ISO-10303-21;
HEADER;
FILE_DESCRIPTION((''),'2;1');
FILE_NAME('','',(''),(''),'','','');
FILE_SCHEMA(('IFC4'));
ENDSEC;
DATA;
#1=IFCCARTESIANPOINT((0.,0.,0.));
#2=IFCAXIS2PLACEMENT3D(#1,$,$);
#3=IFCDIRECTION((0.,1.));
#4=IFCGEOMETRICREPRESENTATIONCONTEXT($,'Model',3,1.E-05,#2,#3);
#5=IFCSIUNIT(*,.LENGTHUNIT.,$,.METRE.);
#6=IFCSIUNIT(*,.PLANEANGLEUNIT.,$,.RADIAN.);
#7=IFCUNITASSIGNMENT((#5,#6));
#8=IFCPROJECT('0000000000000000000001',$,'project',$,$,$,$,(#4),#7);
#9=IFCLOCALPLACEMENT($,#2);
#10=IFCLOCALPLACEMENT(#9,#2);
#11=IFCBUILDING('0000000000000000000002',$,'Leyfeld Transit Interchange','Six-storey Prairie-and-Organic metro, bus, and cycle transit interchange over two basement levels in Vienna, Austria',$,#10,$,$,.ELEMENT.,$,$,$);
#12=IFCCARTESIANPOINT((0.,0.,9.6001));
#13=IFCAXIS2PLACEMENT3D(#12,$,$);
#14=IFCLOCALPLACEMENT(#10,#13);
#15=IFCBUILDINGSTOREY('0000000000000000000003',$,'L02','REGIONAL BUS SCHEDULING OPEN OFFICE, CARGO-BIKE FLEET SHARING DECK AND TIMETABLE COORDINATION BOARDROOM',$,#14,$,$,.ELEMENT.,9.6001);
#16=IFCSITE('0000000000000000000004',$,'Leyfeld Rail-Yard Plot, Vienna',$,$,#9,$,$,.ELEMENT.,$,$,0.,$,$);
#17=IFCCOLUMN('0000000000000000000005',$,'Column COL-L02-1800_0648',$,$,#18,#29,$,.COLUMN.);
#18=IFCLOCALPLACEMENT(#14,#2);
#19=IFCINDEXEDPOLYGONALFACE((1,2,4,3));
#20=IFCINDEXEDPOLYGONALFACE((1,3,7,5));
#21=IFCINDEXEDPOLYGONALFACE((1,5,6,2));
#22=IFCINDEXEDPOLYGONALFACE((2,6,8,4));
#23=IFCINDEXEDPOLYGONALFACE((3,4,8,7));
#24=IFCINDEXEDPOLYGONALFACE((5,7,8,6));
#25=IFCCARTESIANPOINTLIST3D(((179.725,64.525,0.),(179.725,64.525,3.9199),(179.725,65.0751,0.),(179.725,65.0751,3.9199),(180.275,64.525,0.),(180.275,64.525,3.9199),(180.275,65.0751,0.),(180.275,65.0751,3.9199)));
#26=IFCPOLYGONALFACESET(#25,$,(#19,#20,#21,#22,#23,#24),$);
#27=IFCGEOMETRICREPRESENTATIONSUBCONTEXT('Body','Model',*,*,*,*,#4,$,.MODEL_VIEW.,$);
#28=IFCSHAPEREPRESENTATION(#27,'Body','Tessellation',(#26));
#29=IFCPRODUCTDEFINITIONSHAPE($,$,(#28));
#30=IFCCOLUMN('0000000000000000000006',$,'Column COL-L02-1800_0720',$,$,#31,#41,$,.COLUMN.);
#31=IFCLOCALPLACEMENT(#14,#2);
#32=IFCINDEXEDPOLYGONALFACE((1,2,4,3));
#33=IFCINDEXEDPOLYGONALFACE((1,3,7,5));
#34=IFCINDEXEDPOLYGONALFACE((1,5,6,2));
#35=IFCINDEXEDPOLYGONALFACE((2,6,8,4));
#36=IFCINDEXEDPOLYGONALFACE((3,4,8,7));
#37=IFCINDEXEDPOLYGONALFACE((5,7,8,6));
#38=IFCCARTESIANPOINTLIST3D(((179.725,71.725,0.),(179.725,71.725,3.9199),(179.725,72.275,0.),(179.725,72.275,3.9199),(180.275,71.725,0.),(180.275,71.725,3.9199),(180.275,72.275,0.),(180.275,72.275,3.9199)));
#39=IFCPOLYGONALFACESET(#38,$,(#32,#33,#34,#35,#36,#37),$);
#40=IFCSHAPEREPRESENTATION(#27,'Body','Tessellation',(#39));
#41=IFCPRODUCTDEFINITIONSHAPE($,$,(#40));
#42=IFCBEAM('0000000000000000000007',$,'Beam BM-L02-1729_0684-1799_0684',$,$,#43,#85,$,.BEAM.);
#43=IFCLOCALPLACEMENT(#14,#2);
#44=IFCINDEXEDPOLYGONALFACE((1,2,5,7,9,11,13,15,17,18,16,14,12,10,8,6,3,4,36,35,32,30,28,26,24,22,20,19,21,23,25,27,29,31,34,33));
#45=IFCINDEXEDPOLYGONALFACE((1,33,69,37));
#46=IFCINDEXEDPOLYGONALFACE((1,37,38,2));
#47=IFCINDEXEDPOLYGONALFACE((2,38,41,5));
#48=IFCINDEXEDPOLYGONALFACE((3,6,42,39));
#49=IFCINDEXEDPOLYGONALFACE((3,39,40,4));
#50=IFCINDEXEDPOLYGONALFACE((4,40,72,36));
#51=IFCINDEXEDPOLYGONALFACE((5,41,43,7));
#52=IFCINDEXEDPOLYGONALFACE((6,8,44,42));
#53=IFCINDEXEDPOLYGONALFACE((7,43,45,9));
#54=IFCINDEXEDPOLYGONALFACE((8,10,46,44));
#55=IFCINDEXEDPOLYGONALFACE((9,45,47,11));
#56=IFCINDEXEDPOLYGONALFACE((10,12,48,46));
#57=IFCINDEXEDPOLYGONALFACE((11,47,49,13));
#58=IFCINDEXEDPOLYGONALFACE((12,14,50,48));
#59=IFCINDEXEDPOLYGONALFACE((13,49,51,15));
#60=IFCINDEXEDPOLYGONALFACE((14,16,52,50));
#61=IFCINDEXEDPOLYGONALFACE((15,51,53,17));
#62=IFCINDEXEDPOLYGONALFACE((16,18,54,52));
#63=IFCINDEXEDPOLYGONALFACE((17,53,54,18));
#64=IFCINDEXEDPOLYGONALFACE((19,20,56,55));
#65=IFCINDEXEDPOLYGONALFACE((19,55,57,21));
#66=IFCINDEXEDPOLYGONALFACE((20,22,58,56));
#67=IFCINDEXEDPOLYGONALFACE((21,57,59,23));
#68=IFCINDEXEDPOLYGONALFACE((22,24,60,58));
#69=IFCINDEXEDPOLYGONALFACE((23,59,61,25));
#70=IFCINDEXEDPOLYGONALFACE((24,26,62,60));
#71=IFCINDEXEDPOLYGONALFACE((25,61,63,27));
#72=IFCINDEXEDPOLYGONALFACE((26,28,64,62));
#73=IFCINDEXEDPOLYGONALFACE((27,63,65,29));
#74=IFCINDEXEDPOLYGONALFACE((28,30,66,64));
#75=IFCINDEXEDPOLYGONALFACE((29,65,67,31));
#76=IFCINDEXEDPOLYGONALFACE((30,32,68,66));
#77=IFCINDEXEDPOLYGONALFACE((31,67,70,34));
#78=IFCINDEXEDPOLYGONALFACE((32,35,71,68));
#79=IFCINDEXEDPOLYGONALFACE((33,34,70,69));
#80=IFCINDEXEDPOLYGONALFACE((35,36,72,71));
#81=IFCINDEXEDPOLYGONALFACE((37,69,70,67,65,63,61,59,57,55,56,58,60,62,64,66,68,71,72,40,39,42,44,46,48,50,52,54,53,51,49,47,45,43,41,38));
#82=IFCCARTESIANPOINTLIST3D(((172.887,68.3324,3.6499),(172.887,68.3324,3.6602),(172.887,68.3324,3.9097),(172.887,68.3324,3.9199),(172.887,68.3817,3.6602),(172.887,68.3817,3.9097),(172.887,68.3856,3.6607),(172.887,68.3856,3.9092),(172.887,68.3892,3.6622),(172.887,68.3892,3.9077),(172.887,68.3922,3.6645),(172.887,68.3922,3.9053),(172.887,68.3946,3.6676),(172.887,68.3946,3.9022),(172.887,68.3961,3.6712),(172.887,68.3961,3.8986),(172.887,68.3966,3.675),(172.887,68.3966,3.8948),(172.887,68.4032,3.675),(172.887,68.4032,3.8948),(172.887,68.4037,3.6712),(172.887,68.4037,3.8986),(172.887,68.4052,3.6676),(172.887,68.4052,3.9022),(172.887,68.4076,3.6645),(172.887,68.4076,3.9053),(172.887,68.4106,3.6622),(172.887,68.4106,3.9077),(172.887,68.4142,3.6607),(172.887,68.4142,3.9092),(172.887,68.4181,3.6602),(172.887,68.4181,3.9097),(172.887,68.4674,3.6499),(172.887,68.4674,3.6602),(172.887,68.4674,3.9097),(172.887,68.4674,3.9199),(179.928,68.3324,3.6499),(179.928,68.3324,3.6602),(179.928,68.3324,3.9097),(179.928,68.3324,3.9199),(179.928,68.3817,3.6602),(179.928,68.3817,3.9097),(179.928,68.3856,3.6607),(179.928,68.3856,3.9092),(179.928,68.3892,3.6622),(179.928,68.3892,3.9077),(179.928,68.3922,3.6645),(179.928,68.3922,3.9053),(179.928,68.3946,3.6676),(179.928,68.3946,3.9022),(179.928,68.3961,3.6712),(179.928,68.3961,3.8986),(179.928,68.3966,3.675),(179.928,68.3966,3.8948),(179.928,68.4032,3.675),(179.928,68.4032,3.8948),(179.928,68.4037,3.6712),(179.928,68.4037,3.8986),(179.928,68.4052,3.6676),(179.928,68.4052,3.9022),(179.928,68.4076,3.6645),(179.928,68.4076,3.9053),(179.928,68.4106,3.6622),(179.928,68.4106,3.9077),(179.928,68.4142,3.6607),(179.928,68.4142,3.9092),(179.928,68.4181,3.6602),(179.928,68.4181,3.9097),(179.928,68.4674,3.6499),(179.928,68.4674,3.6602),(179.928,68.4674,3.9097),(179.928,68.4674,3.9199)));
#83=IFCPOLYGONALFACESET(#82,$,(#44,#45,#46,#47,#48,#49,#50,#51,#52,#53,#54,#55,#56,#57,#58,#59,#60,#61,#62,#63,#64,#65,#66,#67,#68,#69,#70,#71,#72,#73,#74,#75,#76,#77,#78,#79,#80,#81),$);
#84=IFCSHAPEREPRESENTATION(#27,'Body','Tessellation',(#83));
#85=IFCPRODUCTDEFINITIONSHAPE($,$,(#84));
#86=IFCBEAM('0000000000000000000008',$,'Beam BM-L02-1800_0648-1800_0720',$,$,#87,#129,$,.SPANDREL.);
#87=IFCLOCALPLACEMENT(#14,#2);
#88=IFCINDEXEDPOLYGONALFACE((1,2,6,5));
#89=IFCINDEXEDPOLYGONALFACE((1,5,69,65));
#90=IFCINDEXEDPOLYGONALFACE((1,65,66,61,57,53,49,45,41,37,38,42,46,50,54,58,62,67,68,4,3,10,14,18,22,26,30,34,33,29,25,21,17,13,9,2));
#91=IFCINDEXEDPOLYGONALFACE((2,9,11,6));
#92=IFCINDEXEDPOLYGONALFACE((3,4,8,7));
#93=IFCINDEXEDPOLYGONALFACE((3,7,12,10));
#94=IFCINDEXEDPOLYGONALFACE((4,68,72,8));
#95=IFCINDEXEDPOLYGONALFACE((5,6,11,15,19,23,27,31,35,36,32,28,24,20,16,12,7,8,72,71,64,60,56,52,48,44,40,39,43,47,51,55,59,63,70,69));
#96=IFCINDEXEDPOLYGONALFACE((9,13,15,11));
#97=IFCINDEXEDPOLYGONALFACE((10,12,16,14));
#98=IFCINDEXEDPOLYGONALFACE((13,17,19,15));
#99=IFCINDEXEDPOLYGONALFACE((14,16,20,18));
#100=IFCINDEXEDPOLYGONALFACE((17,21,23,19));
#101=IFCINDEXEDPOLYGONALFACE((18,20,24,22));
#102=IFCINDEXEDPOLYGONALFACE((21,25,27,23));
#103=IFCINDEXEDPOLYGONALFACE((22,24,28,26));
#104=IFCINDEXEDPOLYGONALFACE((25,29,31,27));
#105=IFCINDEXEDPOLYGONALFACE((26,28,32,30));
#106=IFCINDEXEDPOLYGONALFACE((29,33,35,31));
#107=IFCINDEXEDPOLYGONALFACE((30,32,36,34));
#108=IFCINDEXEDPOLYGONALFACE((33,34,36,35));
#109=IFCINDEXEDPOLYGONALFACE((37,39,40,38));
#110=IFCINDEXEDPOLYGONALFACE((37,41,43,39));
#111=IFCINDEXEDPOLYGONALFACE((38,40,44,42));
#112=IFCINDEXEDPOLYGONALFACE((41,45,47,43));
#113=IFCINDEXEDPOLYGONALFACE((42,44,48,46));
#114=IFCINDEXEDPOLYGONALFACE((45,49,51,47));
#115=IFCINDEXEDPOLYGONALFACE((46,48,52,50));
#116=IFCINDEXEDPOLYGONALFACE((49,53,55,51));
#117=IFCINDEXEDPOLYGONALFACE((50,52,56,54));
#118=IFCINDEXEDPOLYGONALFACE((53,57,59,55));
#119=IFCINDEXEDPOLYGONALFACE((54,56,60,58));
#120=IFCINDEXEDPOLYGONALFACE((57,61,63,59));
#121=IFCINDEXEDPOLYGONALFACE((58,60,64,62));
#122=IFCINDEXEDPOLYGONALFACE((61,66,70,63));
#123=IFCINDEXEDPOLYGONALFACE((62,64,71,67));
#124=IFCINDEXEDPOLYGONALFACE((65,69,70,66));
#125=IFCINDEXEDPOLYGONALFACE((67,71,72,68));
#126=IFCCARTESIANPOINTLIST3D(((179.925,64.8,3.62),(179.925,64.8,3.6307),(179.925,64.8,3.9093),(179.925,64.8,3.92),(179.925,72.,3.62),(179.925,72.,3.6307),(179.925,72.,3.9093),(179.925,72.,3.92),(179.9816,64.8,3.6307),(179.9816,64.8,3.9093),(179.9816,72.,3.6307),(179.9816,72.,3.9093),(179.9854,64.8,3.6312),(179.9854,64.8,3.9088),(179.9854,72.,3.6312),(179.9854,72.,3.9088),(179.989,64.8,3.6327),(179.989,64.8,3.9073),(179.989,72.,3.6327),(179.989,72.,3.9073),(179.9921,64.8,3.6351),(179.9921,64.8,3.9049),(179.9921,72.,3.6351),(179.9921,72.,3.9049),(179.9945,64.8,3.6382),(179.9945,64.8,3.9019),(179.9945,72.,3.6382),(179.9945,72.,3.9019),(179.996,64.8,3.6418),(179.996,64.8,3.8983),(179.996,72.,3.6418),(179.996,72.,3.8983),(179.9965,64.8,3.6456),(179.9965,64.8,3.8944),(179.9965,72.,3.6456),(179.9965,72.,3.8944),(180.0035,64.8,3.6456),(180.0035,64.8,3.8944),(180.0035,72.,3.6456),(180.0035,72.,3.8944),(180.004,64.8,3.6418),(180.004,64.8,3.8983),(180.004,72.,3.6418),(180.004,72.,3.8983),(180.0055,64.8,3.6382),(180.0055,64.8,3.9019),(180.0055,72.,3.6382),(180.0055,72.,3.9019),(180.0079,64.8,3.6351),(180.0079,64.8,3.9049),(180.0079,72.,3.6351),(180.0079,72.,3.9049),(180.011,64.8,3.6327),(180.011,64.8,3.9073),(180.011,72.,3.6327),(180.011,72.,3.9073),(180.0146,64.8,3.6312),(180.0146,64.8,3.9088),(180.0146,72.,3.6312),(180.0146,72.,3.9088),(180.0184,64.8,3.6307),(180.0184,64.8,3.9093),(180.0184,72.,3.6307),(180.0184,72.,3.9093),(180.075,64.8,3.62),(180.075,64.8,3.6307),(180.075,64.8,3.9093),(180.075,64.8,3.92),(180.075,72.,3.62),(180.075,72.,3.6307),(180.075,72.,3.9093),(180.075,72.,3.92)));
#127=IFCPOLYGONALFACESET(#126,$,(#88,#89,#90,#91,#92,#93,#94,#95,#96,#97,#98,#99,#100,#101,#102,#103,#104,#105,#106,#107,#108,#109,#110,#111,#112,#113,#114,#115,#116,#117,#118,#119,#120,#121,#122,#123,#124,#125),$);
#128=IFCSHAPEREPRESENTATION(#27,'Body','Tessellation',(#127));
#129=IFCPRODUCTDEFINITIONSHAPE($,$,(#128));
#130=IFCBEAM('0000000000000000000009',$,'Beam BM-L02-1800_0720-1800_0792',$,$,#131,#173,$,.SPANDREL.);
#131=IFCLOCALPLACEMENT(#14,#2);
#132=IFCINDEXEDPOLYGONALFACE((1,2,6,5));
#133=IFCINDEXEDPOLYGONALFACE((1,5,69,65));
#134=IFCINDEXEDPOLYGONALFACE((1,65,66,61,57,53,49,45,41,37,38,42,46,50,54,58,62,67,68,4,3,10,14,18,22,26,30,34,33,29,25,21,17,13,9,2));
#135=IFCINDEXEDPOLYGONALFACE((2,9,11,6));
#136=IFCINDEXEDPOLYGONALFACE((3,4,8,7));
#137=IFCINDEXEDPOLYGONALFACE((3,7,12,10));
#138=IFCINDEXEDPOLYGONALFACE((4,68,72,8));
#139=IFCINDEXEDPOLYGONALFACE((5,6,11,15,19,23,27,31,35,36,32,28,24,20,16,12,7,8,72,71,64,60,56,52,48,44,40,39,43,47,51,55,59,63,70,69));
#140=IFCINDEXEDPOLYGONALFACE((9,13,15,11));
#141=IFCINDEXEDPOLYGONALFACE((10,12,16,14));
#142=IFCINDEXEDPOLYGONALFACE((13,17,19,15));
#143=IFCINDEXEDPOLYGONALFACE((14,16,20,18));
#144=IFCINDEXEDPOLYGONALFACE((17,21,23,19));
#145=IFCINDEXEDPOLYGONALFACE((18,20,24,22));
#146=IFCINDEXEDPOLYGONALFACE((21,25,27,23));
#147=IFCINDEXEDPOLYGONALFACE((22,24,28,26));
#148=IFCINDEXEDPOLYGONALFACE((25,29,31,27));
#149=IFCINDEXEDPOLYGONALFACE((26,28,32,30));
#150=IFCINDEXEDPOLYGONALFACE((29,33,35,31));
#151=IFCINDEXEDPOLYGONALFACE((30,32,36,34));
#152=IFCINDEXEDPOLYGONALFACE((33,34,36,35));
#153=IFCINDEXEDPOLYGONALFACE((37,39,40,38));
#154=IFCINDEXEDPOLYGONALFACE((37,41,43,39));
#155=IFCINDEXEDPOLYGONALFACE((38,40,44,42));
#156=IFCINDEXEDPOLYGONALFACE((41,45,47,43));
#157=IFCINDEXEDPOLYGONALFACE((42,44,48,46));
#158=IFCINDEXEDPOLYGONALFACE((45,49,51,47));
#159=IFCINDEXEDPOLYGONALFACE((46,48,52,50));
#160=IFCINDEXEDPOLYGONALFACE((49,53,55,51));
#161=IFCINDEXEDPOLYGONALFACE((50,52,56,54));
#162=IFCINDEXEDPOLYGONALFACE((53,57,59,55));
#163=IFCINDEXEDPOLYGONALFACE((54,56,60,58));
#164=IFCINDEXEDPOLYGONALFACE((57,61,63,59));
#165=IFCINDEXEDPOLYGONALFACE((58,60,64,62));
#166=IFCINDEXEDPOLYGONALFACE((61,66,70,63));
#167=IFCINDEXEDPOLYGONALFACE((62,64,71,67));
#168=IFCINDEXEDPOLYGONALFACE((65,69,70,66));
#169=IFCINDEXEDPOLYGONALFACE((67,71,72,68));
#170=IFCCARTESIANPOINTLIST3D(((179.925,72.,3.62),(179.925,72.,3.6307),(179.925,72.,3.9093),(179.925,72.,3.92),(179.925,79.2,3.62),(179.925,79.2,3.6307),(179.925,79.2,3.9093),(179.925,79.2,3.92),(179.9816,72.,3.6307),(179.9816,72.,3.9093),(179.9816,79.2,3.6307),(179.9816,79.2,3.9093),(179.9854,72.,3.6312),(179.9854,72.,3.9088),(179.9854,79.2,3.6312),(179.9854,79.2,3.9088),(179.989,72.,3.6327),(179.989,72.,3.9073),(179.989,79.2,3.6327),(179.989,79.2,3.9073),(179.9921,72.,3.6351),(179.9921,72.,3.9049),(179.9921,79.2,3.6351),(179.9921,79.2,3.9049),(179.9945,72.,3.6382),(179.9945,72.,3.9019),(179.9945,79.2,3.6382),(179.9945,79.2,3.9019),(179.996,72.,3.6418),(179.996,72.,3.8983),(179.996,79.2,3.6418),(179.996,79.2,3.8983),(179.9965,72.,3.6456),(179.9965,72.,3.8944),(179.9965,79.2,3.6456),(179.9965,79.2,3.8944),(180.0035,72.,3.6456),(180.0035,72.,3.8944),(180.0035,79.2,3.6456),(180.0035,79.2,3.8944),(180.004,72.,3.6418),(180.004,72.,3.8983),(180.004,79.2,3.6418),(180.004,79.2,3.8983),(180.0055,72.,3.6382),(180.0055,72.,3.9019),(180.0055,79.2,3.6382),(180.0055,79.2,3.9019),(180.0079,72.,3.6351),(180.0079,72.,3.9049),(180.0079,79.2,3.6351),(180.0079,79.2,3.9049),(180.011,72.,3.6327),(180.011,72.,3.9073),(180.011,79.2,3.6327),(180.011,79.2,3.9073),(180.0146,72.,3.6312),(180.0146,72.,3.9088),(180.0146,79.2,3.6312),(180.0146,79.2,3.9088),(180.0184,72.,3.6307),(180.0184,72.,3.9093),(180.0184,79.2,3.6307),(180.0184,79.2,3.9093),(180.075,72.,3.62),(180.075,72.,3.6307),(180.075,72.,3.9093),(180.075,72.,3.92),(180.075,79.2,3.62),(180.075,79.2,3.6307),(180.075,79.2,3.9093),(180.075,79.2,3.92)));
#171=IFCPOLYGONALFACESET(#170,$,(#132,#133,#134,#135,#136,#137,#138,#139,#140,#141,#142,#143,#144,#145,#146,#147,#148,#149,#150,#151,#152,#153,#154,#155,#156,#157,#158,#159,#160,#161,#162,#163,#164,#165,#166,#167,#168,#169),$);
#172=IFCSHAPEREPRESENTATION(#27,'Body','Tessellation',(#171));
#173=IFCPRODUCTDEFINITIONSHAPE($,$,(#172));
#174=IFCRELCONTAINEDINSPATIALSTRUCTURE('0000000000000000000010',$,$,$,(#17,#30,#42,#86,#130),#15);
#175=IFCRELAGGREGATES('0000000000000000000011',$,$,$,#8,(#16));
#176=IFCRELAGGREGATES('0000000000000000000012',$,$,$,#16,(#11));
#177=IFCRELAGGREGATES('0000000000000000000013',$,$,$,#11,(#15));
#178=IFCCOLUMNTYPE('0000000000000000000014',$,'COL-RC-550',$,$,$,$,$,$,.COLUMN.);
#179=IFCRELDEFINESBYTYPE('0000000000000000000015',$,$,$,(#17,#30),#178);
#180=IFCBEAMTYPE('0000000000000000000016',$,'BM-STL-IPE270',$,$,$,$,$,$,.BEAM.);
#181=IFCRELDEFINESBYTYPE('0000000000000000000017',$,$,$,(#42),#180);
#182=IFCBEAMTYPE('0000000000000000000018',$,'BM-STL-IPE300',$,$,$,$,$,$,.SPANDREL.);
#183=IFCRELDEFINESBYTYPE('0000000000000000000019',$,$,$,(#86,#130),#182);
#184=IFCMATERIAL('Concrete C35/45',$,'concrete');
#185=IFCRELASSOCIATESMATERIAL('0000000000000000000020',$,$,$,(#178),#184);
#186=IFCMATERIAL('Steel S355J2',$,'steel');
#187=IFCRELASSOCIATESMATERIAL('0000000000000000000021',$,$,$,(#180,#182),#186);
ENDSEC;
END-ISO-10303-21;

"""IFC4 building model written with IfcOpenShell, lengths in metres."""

from ifc_helpers import new_model, si_unit, direction, frame, origin, origin_2d, place, context, subcontext, project, spatial, rectangle, i_section, extrude, material, material_profile, profile_set, type_object, element, save


model = new_model("IFC4")

# Units and contexts
model_context = context("Model", 3, precision=1e-05, world=origin(), true_north=direction((0.0, 1.0)))
body_context = subcontext(model_context, "Body", "Model", "MODEL_VIEW")
ifc_project = project(units=[si_unit("LENGTHUNIT", "METRE"), si_unit("PLANEANGLEUNIT", "RADIAN")], contexts=[model_context])

# Site, building, storey
site_placement = place(None, origin())
site = spatial("IfcSite", under=ifc_project, at=site_placement, Name="Leyfeld Rail-Yard Plot, Vienna", CompositionType="ELEMENT", RefElevation=0.0)
building_placement = place(site_placement, origin())
building = spatial("IfcBuilding", under=site, at=building_placement, Name="Leyfeld Transit Interchange", Description="Six-storey Prairie-and-Organic metro, bus, and cycle transit interchange over two basement levels in Vienna, Austria", CompositionType="ELEMENT")
storey_placement = place(building_placement, frame((0.0, 0.0, 9.6001)))
storey = spatial("IfcBuildingStorey", under=building, at=storey_placement, Name="L02", Description="REGIONAL BUS SCHEDULING OPEN OFFICE, CARGO-BIKE FLEET SHARING DECK AND TIMETABLE COORDINATION BOARDROOM", CompositionType="ELEMENT", Elevation=9.6001)

# Columns
ifc_material_1 = material(Name="Concrete C35/45", Category="concrete")
ifc_material_profile_1 = material_profile(ifc_material_1, rectangle(XDim=0.55, YDim=0.55, at=origin_2d()), Name="RC 550x550")
ifc_profile_set_1 = profile_set([ifc_material_profile_1], Name="Concrete C35/45")
column_type = type_object("IfcColumnType", Name="COL-RC-550", PredefinedType="COLUMN", material=ifc_profile_set_1)
for number, where, z_axis, x_axis, name in (
    (1, (180.0, 64.8, 0.0), (0.0, 0.0, 1.0), (1.0, 0.0, 0.0), "Column COL-L02-1800_0648"),
    (2, (180.0, 72.0, 0.0), (0.0, 0.0, 1.0), (1.0, 0.0, 0.0), "Column COL-L02-1800_0720"),
):
    element("IfcColumn", number, at=place(storey_placement, frame(where, z_axis=z_axis, x_axis=x_axis)), inside=storey, type_object=column_type, Name=name, PredefinedType="COLUMN", context=body_context, shape_type="SweptSolid", body=[
        extrude(rectangle(XDim=0.55, YDim=0.55, at=origin_2d()), origin(), (0.0, 0.0, 1.0), 3.9199),
    ])

# Beams
ifc_material_2 = material(Name="Steel S355J2", Category="steel")
ifc_material_profile_2 = material_profile(ifc_material_2, i_section(OverallWidth=0.135, OverallDepth=0.27, WebThickness=0.0066, FlangeThickness=0.0103, FilletRadius=0.0149, at=origin_2d()), Name="IPE 270")
ifc_profile_set_2 = profile_set([ifc_material_profile_2], Name="Steel S355J2")
beam_type_1 = type_object("IfcBeamType", Name="BM-STL-IPE270", PredefinedType="BEAM", material=ifc_profile_set_2)
beam_1_placement = place(storey_placement, frame((172.887, 68.3999, 3.7849), z_axis=(1.0, 0.0, 0.0), x_axis=(0.0, 1.0, 0.0)))
element("IfcBeam", 3, at=beam_1_placement, inside=storey, type_object=beam_type_1, Name="Beam BM-L02-1729_0684-1799_0684", PredefinedType="BEAM", context=body_context, shape_type="SweptSolid", body=[
    extrude(i_section(OverallWidth=0.135, OverallDepth=0.27, WebThickness=0.0066, FlangeThickness=0.0103, FilletRadius=0.0149, at=origin_2d()), origin(), (0.0, 0.0, 1.0), 7.041),
])
ifc_material_profile_3 = material_profile(ifc_material_2, i_section(OverallWidth=0.1499, OverallDepth=0.3, WebThickness=0.0071, FlangeThickness=0.0107, FilletRadius=0.0149, at=origin_2d()), Name="IPE 300")
ifc_profile_set_3 = profile_set([ifc_material_profile_3], Name="Steel S355J2")
beam_type_2 = type_object("IfcBeamType", Name="BM-STL-IPE300", PredefinedType="SPANDREL", material=ifc_profile_set_3)
for number, where, z_axis, x_axis, name in (
    (4, (180.0, 64.8, 3.77), (0.0, 1.0, 0.0), (-1.0, 0.0, 0.0), "Beam BM-L02-1800_0648-1800_0720"),
    (5, (180.0, 72.0, 3.77), (0.0, 1.0, 0.0), (-1.0, 0.0, 0.0), "Beam BM-L02-1800_0720-1800_0792"),
):
    element("IfcBeam", number, at=place(storey_placement, frame(where, z_axis=z_axis, x_axis=x_axis)), inside=storey, type_object=beam_type_2, Name=name, PredefinedType="SPANDREL", context=body_context, shape_type="SweptSolid", body=[
        extrude(i_section(OverallWidth=0.1499, OverallDepth=0.3, WebThickness=0.0071, FlangeThickness=0.0107, FilletRadius=0.0149, at=origin_2d()), origin(), (0.0, 0.0, 1.0), 7.2),
    ])

save(model, "model.ifc")
